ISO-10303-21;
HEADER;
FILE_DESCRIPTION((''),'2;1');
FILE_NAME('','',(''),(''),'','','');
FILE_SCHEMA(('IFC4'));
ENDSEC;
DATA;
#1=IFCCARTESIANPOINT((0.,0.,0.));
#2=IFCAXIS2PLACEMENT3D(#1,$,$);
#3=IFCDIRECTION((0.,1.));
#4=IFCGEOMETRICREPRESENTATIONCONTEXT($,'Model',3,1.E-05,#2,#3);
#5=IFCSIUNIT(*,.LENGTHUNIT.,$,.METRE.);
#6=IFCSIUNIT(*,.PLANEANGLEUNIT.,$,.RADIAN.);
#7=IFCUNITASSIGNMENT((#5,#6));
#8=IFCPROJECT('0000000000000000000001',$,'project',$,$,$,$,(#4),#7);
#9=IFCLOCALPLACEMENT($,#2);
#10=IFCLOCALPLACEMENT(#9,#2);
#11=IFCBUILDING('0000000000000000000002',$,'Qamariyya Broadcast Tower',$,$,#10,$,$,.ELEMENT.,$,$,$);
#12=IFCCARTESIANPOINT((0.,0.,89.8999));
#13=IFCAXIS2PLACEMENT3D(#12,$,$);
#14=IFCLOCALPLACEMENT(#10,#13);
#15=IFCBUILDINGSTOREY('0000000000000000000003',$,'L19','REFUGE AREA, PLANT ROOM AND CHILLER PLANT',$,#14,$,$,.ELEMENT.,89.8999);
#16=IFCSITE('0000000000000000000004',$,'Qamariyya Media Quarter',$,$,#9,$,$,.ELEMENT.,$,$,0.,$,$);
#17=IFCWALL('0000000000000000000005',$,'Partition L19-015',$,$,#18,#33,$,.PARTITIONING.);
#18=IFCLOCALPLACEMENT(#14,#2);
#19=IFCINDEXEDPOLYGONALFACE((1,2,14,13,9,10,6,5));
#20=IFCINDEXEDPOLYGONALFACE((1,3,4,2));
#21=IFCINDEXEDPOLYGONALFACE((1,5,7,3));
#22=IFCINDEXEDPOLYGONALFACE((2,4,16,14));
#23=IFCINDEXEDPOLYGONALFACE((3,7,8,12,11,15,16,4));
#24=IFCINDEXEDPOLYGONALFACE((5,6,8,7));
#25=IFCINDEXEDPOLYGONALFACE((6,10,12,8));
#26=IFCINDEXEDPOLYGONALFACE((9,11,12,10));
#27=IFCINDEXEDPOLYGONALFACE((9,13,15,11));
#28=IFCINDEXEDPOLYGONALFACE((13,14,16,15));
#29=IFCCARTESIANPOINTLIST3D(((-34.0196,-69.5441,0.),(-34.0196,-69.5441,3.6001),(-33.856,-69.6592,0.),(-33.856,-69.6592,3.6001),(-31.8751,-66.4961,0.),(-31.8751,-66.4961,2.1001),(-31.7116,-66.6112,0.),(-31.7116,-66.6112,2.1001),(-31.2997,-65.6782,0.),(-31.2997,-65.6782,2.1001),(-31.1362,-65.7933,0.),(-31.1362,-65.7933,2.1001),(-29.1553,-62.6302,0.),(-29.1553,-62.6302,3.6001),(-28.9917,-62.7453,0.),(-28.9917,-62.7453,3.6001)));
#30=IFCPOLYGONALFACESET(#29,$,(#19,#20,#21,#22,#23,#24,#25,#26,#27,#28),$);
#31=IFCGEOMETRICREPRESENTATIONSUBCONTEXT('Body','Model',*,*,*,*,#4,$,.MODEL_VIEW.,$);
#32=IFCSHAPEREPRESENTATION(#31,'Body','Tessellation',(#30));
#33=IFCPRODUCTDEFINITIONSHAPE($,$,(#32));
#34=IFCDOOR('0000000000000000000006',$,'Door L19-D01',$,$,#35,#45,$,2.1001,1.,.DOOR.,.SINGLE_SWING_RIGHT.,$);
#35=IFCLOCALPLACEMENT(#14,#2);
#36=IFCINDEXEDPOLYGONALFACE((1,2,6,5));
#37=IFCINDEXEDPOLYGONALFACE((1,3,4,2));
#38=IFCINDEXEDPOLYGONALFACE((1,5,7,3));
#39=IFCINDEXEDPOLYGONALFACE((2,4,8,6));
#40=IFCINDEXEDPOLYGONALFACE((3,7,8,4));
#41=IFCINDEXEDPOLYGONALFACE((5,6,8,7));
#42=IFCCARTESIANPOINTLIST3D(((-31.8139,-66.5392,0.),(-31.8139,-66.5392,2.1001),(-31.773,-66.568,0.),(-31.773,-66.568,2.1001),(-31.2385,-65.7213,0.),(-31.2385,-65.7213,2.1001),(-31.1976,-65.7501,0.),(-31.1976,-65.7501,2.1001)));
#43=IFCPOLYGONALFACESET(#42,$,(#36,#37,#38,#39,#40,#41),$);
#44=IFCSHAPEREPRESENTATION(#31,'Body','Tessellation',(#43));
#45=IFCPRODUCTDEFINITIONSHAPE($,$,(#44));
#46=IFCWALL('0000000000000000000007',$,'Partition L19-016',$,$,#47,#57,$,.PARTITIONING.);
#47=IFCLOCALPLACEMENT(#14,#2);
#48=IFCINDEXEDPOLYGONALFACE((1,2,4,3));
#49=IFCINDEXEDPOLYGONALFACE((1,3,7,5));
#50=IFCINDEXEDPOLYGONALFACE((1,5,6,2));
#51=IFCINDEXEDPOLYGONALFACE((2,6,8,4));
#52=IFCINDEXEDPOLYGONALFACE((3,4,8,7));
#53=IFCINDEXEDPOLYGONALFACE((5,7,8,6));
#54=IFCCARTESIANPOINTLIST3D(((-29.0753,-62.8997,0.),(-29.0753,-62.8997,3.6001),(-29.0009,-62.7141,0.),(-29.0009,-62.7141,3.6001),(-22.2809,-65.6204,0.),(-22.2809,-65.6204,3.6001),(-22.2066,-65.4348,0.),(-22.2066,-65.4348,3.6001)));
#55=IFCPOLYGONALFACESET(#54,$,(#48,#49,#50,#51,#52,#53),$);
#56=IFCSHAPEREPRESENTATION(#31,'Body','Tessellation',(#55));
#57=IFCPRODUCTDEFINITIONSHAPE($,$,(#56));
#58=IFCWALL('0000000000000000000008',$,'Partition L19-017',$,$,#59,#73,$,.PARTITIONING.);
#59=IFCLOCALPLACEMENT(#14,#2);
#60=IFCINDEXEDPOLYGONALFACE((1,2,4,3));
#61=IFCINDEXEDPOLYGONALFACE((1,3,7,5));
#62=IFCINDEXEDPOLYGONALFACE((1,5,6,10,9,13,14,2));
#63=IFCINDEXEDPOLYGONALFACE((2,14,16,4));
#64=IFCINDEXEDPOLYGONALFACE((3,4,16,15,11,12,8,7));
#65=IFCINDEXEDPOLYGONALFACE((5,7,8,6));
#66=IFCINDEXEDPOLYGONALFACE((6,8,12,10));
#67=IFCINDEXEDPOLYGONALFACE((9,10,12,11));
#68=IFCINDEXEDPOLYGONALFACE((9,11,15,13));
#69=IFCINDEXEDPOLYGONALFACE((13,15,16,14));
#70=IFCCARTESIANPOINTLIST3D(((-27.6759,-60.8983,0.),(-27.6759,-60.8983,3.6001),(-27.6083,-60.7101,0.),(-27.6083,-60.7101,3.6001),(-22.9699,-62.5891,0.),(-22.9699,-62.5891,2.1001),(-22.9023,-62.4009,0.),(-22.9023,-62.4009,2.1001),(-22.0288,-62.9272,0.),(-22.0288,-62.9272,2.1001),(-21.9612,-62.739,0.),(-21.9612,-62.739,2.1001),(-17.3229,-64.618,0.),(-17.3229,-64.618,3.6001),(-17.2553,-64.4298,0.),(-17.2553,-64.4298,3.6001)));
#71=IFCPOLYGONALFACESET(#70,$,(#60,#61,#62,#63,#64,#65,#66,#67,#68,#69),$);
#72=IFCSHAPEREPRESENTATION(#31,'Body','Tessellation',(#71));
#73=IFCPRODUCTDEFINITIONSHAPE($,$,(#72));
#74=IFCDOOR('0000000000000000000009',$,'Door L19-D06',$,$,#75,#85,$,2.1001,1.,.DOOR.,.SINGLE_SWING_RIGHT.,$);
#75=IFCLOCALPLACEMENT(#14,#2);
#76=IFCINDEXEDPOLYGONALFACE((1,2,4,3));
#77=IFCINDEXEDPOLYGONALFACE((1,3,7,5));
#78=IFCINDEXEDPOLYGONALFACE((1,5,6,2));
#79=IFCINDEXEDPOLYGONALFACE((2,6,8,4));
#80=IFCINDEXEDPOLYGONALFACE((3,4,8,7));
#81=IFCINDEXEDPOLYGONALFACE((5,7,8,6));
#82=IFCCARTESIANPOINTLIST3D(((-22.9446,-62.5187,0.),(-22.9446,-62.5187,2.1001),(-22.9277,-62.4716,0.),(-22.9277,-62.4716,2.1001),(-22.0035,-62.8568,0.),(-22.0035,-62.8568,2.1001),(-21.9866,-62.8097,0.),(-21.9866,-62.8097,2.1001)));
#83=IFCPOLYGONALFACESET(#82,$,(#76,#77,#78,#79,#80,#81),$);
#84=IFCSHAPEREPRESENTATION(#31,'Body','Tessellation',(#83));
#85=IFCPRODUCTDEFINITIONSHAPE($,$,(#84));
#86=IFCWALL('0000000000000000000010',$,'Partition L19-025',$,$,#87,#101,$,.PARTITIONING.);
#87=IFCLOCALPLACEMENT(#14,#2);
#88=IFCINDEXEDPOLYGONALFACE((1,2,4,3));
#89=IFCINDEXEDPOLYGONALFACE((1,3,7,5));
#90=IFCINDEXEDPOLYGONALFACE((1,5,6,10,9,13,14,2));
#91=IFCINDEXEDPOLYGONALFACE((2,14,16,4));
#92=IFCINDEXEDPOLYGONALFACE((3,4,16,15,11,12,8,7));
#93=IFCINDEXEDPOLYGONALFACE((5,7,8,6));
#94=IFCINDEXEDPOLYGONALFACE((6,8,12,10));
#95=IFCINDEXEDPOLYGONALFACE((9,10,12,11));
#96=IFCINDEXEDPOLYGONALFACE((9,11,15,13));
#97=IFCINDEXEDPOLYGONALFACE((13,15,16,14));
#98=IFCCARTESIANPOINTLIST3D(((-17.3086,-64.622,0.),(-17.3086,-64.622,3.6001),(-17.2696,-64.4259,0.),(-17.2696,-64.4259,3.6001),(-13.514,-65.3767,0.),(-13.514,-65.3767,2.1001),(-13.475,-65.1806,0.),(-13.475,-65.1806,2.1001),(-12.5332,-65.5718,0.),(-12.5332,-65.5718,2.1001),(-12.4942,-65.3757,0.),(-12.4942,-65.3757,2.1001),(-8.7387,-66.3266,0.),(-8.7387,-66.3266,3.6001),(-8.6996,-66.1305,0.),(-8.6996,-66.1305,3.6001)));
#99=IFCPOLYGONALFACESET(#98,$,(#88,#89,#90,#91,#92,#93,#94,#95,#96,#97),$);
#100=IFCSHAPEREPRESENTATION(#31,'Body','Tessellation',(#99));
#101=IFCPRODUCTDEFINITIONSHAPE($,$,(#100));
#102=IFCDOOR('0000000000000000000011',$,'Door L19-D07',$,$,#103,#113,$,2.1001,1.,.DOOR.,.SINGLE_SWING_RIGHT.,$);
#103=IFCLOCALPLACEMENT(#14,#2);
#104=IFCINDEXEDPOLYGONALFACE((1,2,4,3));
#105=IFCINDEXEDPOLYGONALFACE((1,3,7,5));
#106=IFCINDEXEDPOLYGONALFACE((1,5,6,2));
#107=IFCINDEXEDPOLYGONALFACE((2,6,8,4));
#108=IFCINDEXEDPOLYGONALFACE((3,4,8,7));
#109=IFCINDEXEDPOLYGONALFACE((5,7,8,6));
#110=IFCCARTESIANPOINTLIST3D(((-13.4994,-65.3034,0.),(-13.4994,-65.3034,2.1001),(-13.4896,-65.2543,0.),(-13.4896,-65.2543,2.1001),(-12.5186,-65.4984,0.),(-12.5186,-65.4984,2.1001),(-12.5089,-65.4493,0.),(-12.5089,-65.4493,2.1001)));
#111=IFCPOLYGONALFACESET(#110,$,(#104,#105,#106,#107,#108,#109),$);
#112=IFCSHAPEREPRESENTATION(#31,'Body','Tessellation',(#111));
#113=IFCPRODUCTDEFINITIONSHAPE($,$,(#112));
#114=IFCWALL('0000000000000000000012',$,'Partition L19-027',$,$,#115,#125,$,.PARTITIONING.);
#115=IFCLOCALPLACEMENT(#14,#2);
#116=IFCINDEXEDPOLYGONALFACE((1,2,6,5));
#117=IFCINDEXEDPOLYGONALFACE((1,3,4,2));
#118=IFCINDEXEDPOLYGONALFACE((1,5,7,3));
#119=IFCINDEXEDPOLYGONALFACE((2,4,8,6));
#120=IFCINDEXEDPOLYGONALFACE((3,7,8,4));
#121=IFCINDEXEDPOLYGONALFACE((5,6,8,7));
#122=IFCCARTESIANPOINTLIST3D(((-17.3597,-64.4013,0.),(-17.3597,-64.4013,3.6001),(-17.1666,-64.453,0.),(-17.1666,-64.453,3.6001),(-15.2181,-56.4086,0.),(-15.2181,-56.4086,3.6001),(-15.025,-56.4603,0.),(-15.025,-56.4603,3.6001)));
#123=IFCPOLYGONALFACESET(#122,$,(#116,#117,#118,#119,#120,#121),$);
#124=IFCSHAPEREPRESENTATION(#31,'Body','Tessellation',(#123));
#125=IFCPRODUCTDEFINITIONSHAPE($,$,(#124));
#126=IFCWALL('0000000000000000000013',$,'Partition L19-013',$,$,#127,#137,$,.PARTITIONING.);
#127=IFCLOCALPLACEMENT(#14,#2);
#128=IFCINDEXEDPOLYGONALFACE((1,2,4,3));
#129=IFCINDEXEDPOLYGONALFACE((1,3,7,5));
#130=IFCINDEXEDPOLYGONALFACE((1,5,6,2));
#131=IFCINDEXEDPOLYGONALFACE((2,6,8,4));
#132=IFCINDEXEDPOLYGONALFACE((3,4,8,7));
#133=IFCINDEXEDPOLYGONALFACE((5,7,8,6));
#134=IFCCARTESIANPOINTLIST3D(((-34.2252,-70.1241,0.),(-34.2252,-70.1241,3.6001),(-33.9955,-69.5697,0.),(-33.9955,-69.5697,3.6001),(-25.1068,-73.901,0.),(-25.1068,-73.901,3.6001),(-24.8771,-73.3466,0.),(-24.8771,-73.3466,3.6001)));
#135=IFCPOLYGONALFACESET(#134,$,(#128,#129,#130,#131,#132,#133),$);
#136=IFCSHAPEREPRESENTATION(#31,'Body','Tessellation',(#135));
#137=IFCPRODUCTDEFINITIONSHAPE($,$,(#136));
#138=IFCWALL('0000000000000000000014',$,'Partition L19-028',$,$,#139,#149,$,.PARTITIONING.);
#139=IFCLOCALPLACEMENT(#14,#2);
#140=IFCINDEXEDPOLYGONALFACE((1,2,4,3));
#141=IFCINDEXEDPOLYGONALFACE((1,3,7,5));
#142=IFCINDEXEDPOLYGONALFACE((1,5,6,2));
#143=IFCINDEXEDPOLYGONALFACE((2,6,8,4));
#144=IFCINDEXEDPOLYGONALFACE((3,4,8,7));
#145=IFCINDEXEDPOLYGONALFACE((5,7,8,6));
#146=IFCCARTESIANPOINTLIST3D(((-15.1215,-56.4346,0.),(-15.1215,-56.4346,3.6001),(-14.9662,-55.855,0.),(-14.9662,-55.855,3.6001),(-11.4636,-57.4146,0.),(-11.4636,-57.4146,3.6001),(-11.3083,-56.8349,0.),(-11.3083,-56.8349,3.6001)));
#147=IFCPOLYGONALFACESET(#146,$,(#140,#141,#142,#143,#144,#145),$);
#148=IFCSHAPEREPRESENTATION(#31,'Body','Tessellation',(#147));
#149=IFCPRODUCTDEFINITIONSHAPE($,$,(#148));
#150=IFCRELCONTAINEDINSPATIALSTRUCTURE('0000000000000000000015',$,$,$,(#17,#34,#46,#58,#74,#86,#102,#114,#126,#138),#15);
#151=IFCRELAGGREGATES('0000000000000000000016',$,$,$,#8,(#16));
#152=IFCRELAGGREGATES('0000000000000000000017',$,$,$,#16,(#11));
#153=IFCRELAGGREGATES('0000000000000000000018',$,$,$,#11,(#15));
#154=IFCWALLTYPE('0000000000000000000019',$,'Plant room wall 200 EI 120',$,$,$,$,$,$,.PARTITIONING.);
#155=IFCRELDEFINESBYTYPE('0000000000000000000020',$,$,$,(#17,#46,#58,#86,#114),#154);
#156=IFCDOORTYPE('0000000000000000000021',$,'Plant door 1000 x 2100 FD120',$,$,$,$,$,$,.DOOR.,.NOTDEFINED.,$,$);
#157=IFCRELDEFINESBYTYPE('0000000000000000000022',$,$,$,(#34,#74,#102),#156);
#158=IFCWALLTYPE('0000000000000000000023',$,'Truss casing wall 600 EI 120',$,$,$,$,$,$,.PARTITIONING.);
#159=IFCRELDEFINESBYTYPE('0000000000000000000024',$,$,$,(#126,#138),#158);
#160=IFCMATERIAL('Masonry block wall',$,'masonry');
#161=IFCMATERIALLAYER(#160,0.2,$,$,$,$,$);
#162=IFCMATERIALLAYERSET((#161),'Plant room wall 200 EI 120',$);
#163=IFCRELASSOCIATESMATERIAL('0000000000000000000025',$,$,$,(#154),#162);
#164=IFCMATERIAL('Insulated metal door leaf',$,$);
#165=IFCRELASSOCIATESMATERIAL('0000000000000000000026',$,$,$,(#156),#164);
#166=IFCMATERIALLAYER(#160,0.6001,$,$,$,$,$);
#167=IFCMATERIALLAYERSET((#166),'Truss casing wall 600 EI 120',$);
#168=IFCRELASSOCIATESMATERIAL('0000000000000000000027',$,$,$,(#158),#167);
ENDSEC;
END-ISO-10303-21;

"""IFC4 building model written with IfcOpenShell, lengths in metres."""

from ifc_helpers import new_model, si_unit, direction, frame, frame_2d, origin, place, context, subcontext, project, spatial, rectangle, extrude, material, layer, layer_set, type_object, element, fill, save


model = new_model("IFC4")

# Units and contexts
model_context = context("Model", 3, precision=1e-05, world=origin(), true_north=direction((0.0, 1.0)))
body_context = subcontext(model_context, "Body", "Model", "MODEL_VIEW")
ifc_project = project(units=[si_unit("LENGTHUNIT", "METRE"), si_unit("PLANEANGLEUNIT", "RADIAN")], contexts=[model_context])

# Site, building, storey
site_placement = place(None, origin())
site = spatial("IfcSite", under=ifc_project, at=site_placement, Name="Qamariyya Media Quarter", CompositionType="ELEMENT", RefElevation=0.0)
building_placement = place(site_placement, origin())
building = spatial("IfcBuilding", under=site, at=building_placement, Name="Qamariyya Broadcast Tower", CompositionType="ELEMENT")
storey_placement = place(building_placement, frame((0.0, 0.0, 89.8999)))
storey = spatial("IfcBuildingStorey", under=building, at=storey_placement, Name="L19", Description="REFUGE AREA, PLANT ROOM AND CHILLER PLANT", CompositionType="ELEMENT", Elevation=89.8999)

# Wall, opening, door
ifc_material_1 = material(Name="Masonry block wall", Category="masonry")
ifc_layer_1 = layer(ifc_material_1, 0.2)
ifc_layer_set_1 = layer_set([ifc_layer_1], Name="Plant room wall 200 EI 120")
wall_type_1 = type_object("IfcWallType", Name="Plant room wall 200 EI 120", PredefinedType="PARTITIONING", material=ifc_layer_set_1)
wall_1_placement = place(storey_placement, frame((-29.0735, -62.6877, 0.0), z_axis=(0.0, 0.0, 1.0), x_axis=(-0.575413, -0.817863, 0.0)))
wall_1 = element("IfcWall", 1, at=wall_1_placement, inside=storey, type_object=wall_type_1, Name="Partition L19-015", PredefinedType="PARTITIONING", context=body_context, shape_type="SweptSolid", body=[
    extrude(rectangle(XDim=8.4536, YDim=0.2, at=frame_2d((4.2268, 0.0))), origin(), (0.0, 0.0, 1.0), 3.6001),
])
opening_1_placement = place(wall_1_placement, frame((3.7268, 0.0, 0.0)))
opening_1 = element("IfcOpeningElement", 2, at=opening_1_placement, cuts=wall_1, PredefinedType="OPENING", context=body_context, shape_type="SweptSolid", body=[
    extrude(rectangle(XDim=1.0, YDim=2.1001, at=frame_2d((0.5, 1.05))), frame((0.0, 0.1099, 0.0), z_axis=(0.0, -1.0, 0.0), x_axis=(1.0, 0.0, 0.0)), (0.0, 0.0, 1.0), 0.22),
])
ifc_material_2 = material(Name="Insulated metal door leaf")
door_type_1 = type_object("IfcDoorType", Name="Plant door 1000 x 2100 FD120", OperationType="NOTDEFINED", PredefinedType="DOOR", material=ifc_material_2)
door_1_placement = place(opening_1_placement, origin())
door_1 = element("IfcDoor", 3, at=door_1_placement, inside=storey, type_object=door_type_1, Name="Door L19-D01", OperationType="SINGLE_SWING_RIGHT", OverallHeight=2.1001, OverallWidth=1.0, PredefinedType="DOOR", context=body_context, shape_type="SweptSolid", body=[
    extrude(rectangle(XDim=1.0, YDim=2.1001, at=frame_2d((0.5, 1.05))), frame((0.0, 0.0249, 0.0), z_axis=(0.0, -1.0, 0.0), x_axis=(1.0, 0.0, 0.0)), (0.0, 0.0, 1.0), 0.05),
])
fill(opening_1, door_1)

# Wall
wall_2_placement = place(storey_placement, frame((-29.0381, -62.8069, 0.0), z_axis=(0.0, 0.0, 1.0), x_axis=(0.928339, -0.371736, 0.0)))
element("IfcWall", 4, at=wall_2_placement, inside=storey, type_object=wall_type_1, Name="Partition L19-016", PredefinedType="PARTITIONING", context=body_context, shape_type="SweptSolid", body=[
    extrude(rectangle(XDim=7.3188, YDim=0.2, at=frame_2d((3.6594, 0.0))), origin(), (0.0, 0.0, 1.0), 3.6001),
])

# Walls, openings, doors
wall_3_placement = place(storey_placement, frame((-27.6421, -60.8042, 0.0), z_axis=(0.0, 0.0, 1.0), x_axis=(0.941101, -0.338127, 0.0)))
wall_3 = element("IfcWall", 5, at=wall_3_placement, inside=storey, type_object=wall_type_1, Name="Partition L19-017", PredefinedType="PARTITIONING", context=body_context, shape_type="SweptSolid", body=[
    extrude(rectangle(XDim=11.001, YDim=0.2, at=frame_2d((5.5005, 0.0))), origin(), (0.0, 0.0, 1.0), 3.6001),
])
opening_2_placement = place(wall_3_placement, frame((5.0005, 0.0, 0.0)))
opening_2 = element("IfcOpeningElement", 6, at=opening_2_placement, cuts=wall_3, PredefinedType="OPENING", context=body_context, shape_type="SweptSolid", body=[
    extrude(rectangle(XDim=1.0, YDim=2.1001, at=frame_2d((0.5, 1.05))), frame((0.0, 0.1099, 0.0), z_axis=(0.0, -1.0, 0.0), x_axis=(1.0, 0.0, 0.0)), (0.0, 0.0, 1.0), 0.22),
])
door_2_placement = place(opening_2_placement, origin())
door_2 = element("IfcDoor", 7, at=door_2_placement, inside=storey, type_object=door_type_1, Name="Door L19-D06", OperationType="SINGLE_SWING_RIGHT", OverallHeight=2.1001, OverallWidth=1.0, PredefinedType="DOOR", context=body_context, shape_type="SweptSolid", body=[
    extrude(rectangle(XDim=1.0, YDim=2.1001, at=frame_2d((0.5, 1.05))), frame((0.0, 0.0249, 0.0), z_axis=(0.0, -1.0, 0.0), x_axis=(1.0, 0.0, 0.0)), (0.0, 0.0, 1.0), 0.05),
])
fill(opening_2, door_2)
wall_4_placement = place(storey_placement, frame((-17.2891, -64.5239, 0.0), z_axis=(0.0, 0.0, 1.0), x_axis=(0.980786, -0.195084, 0.0)))
wall_4 = element("IfcWall", 8, at=wall_4_placement, inside=storey, type_object=wall_type_1, Name="Partition L19-025", PredefinedType="PARTITIONING", context=body_context, shape_type="SweptSolid", body=[
    extrude(rectangle(XDim=8.7378, YDim=0.2, at=frame_2d((4.3689, 0.0))), origin(), (0.0, 0.0, 1.0), 3.6001),
])
opening_3_placement = place(wall_4_placement, frame((3.8689, 0.0, 0.0)))
opening_3 = element("IfcOpeningElement", 9, at=opening_3_placement, cuts=wall_4, PredefinedType="OPENING", context=body_context, shape_type="SweptSolid", body=[
    extrude(rectangle(XDim=1.0, YDim=2.1001, at=frame_2d((0.5, 1.05))), frame((0.0, 0.1099, 0.0), z_axis=(0.0, -1.0, 0.0), x_axis=(1.0, 0.0, 0.0)), (0.0, 0.0, 1.0), 0.22),
])
door_3_placement = place(opening_3_placement, origin())
door_3 = element("IfcDoor", 10, at=door_3_placement, inside=storey, type_object=door_type_1, Name="Door L19-D07", OperationType="SINGLE_SWING_RIGHT", OverallHeight=2.1001, OverallWidth=1.0, PredefinedType="DOOR", context=body_context, shape_type="SweptSolid", body=[
    extrude(rectangle(XDim=1.0, YDim=2.1001, at=frame_2d((0.5, 1.05))), frame((0.0, 0.0249, 0.0), z_axis=(0.0, -1.0, 0.0), x_axis=(1.0, 0.0, 0.0)), (0.0, 0.0, 1.0), 0.05),
])
fill(opening_3, door_3)

# Walls
wall_5_placement = place(storey_placement, frame((-15.1216, -56.4346, 0.0), z_axis=(0.0, 0.0, 1.0), x_axis=(-0.258816, -0.965927, 0.0)))
element("IfcWall", 11, at=wall_5_placement, inside=storey, type_object=wall_type_1, Name="Partition L19-027", PredefinedType="PARTITIONING", context=body_context, shape_type="SweptSolid", body=[
    extrude(rectangle(XDim=8.2747, YDim=0.2, at=frame_2d((4.1372, 0.0))), origin(), (0.0, 0.0, 1.0), 3.6001),
])
ifc_layer_2 = layer(ifc_material_1, 0.6001)
ifc_layer_set_2 = layer_set([ifc_layer_2], Name="Truss casing wall 600 EI 120")
wall_type_2 = type_object("IfcWallType", Name="Truss casing wall 600 EI 120", PredefinedType="PARTITIONING", material=ifc_layer_set_2)
wall_6_placement = place(storey_placement, frame((-34.1104, -69.8469, 0.0), z_axis=(0.0, 0.0, 1.0), x_axis=(0.923884, -0.382674, 0.0)))
element("IfcWall", 12, at=wall_6_placement, inside=storey, type_object=wall_type_2, Name="Partition L19-013", PredefinedType="PARTITIONING", context=body_context, shape_type="SweptSolid", body=[
    extrude(rectangle(XDim=9.8696, YDim=0.6001, at=frame_2d((4.9348, 0.0))), origin(), (0.0, 0.0, 1.0), 3.6001),
])
wall_7_placement = place(storey_placement, frame((-15.0439, -56.1448, 0.0), z_axis=(0.0, 0.0, 1.0), x_axis=(0.965937, -0.258778, 0.0)))
element("IfcWall", 13, at=wall_7_placement, inside=storey, type_object=wall_type_2, Name="Partition L19-028", PredefinedType="PARTITIONING", context=body_context, shape_type="SweptSolid", body=[
    extrude(rectangle(XDim=3.7869, YDim=0.6001, at=frame_2d((1.8936, 0.0))), origin(), (0.0, 0.0, 1.0), 3.6001),
])

save(model, "model.ifc")
